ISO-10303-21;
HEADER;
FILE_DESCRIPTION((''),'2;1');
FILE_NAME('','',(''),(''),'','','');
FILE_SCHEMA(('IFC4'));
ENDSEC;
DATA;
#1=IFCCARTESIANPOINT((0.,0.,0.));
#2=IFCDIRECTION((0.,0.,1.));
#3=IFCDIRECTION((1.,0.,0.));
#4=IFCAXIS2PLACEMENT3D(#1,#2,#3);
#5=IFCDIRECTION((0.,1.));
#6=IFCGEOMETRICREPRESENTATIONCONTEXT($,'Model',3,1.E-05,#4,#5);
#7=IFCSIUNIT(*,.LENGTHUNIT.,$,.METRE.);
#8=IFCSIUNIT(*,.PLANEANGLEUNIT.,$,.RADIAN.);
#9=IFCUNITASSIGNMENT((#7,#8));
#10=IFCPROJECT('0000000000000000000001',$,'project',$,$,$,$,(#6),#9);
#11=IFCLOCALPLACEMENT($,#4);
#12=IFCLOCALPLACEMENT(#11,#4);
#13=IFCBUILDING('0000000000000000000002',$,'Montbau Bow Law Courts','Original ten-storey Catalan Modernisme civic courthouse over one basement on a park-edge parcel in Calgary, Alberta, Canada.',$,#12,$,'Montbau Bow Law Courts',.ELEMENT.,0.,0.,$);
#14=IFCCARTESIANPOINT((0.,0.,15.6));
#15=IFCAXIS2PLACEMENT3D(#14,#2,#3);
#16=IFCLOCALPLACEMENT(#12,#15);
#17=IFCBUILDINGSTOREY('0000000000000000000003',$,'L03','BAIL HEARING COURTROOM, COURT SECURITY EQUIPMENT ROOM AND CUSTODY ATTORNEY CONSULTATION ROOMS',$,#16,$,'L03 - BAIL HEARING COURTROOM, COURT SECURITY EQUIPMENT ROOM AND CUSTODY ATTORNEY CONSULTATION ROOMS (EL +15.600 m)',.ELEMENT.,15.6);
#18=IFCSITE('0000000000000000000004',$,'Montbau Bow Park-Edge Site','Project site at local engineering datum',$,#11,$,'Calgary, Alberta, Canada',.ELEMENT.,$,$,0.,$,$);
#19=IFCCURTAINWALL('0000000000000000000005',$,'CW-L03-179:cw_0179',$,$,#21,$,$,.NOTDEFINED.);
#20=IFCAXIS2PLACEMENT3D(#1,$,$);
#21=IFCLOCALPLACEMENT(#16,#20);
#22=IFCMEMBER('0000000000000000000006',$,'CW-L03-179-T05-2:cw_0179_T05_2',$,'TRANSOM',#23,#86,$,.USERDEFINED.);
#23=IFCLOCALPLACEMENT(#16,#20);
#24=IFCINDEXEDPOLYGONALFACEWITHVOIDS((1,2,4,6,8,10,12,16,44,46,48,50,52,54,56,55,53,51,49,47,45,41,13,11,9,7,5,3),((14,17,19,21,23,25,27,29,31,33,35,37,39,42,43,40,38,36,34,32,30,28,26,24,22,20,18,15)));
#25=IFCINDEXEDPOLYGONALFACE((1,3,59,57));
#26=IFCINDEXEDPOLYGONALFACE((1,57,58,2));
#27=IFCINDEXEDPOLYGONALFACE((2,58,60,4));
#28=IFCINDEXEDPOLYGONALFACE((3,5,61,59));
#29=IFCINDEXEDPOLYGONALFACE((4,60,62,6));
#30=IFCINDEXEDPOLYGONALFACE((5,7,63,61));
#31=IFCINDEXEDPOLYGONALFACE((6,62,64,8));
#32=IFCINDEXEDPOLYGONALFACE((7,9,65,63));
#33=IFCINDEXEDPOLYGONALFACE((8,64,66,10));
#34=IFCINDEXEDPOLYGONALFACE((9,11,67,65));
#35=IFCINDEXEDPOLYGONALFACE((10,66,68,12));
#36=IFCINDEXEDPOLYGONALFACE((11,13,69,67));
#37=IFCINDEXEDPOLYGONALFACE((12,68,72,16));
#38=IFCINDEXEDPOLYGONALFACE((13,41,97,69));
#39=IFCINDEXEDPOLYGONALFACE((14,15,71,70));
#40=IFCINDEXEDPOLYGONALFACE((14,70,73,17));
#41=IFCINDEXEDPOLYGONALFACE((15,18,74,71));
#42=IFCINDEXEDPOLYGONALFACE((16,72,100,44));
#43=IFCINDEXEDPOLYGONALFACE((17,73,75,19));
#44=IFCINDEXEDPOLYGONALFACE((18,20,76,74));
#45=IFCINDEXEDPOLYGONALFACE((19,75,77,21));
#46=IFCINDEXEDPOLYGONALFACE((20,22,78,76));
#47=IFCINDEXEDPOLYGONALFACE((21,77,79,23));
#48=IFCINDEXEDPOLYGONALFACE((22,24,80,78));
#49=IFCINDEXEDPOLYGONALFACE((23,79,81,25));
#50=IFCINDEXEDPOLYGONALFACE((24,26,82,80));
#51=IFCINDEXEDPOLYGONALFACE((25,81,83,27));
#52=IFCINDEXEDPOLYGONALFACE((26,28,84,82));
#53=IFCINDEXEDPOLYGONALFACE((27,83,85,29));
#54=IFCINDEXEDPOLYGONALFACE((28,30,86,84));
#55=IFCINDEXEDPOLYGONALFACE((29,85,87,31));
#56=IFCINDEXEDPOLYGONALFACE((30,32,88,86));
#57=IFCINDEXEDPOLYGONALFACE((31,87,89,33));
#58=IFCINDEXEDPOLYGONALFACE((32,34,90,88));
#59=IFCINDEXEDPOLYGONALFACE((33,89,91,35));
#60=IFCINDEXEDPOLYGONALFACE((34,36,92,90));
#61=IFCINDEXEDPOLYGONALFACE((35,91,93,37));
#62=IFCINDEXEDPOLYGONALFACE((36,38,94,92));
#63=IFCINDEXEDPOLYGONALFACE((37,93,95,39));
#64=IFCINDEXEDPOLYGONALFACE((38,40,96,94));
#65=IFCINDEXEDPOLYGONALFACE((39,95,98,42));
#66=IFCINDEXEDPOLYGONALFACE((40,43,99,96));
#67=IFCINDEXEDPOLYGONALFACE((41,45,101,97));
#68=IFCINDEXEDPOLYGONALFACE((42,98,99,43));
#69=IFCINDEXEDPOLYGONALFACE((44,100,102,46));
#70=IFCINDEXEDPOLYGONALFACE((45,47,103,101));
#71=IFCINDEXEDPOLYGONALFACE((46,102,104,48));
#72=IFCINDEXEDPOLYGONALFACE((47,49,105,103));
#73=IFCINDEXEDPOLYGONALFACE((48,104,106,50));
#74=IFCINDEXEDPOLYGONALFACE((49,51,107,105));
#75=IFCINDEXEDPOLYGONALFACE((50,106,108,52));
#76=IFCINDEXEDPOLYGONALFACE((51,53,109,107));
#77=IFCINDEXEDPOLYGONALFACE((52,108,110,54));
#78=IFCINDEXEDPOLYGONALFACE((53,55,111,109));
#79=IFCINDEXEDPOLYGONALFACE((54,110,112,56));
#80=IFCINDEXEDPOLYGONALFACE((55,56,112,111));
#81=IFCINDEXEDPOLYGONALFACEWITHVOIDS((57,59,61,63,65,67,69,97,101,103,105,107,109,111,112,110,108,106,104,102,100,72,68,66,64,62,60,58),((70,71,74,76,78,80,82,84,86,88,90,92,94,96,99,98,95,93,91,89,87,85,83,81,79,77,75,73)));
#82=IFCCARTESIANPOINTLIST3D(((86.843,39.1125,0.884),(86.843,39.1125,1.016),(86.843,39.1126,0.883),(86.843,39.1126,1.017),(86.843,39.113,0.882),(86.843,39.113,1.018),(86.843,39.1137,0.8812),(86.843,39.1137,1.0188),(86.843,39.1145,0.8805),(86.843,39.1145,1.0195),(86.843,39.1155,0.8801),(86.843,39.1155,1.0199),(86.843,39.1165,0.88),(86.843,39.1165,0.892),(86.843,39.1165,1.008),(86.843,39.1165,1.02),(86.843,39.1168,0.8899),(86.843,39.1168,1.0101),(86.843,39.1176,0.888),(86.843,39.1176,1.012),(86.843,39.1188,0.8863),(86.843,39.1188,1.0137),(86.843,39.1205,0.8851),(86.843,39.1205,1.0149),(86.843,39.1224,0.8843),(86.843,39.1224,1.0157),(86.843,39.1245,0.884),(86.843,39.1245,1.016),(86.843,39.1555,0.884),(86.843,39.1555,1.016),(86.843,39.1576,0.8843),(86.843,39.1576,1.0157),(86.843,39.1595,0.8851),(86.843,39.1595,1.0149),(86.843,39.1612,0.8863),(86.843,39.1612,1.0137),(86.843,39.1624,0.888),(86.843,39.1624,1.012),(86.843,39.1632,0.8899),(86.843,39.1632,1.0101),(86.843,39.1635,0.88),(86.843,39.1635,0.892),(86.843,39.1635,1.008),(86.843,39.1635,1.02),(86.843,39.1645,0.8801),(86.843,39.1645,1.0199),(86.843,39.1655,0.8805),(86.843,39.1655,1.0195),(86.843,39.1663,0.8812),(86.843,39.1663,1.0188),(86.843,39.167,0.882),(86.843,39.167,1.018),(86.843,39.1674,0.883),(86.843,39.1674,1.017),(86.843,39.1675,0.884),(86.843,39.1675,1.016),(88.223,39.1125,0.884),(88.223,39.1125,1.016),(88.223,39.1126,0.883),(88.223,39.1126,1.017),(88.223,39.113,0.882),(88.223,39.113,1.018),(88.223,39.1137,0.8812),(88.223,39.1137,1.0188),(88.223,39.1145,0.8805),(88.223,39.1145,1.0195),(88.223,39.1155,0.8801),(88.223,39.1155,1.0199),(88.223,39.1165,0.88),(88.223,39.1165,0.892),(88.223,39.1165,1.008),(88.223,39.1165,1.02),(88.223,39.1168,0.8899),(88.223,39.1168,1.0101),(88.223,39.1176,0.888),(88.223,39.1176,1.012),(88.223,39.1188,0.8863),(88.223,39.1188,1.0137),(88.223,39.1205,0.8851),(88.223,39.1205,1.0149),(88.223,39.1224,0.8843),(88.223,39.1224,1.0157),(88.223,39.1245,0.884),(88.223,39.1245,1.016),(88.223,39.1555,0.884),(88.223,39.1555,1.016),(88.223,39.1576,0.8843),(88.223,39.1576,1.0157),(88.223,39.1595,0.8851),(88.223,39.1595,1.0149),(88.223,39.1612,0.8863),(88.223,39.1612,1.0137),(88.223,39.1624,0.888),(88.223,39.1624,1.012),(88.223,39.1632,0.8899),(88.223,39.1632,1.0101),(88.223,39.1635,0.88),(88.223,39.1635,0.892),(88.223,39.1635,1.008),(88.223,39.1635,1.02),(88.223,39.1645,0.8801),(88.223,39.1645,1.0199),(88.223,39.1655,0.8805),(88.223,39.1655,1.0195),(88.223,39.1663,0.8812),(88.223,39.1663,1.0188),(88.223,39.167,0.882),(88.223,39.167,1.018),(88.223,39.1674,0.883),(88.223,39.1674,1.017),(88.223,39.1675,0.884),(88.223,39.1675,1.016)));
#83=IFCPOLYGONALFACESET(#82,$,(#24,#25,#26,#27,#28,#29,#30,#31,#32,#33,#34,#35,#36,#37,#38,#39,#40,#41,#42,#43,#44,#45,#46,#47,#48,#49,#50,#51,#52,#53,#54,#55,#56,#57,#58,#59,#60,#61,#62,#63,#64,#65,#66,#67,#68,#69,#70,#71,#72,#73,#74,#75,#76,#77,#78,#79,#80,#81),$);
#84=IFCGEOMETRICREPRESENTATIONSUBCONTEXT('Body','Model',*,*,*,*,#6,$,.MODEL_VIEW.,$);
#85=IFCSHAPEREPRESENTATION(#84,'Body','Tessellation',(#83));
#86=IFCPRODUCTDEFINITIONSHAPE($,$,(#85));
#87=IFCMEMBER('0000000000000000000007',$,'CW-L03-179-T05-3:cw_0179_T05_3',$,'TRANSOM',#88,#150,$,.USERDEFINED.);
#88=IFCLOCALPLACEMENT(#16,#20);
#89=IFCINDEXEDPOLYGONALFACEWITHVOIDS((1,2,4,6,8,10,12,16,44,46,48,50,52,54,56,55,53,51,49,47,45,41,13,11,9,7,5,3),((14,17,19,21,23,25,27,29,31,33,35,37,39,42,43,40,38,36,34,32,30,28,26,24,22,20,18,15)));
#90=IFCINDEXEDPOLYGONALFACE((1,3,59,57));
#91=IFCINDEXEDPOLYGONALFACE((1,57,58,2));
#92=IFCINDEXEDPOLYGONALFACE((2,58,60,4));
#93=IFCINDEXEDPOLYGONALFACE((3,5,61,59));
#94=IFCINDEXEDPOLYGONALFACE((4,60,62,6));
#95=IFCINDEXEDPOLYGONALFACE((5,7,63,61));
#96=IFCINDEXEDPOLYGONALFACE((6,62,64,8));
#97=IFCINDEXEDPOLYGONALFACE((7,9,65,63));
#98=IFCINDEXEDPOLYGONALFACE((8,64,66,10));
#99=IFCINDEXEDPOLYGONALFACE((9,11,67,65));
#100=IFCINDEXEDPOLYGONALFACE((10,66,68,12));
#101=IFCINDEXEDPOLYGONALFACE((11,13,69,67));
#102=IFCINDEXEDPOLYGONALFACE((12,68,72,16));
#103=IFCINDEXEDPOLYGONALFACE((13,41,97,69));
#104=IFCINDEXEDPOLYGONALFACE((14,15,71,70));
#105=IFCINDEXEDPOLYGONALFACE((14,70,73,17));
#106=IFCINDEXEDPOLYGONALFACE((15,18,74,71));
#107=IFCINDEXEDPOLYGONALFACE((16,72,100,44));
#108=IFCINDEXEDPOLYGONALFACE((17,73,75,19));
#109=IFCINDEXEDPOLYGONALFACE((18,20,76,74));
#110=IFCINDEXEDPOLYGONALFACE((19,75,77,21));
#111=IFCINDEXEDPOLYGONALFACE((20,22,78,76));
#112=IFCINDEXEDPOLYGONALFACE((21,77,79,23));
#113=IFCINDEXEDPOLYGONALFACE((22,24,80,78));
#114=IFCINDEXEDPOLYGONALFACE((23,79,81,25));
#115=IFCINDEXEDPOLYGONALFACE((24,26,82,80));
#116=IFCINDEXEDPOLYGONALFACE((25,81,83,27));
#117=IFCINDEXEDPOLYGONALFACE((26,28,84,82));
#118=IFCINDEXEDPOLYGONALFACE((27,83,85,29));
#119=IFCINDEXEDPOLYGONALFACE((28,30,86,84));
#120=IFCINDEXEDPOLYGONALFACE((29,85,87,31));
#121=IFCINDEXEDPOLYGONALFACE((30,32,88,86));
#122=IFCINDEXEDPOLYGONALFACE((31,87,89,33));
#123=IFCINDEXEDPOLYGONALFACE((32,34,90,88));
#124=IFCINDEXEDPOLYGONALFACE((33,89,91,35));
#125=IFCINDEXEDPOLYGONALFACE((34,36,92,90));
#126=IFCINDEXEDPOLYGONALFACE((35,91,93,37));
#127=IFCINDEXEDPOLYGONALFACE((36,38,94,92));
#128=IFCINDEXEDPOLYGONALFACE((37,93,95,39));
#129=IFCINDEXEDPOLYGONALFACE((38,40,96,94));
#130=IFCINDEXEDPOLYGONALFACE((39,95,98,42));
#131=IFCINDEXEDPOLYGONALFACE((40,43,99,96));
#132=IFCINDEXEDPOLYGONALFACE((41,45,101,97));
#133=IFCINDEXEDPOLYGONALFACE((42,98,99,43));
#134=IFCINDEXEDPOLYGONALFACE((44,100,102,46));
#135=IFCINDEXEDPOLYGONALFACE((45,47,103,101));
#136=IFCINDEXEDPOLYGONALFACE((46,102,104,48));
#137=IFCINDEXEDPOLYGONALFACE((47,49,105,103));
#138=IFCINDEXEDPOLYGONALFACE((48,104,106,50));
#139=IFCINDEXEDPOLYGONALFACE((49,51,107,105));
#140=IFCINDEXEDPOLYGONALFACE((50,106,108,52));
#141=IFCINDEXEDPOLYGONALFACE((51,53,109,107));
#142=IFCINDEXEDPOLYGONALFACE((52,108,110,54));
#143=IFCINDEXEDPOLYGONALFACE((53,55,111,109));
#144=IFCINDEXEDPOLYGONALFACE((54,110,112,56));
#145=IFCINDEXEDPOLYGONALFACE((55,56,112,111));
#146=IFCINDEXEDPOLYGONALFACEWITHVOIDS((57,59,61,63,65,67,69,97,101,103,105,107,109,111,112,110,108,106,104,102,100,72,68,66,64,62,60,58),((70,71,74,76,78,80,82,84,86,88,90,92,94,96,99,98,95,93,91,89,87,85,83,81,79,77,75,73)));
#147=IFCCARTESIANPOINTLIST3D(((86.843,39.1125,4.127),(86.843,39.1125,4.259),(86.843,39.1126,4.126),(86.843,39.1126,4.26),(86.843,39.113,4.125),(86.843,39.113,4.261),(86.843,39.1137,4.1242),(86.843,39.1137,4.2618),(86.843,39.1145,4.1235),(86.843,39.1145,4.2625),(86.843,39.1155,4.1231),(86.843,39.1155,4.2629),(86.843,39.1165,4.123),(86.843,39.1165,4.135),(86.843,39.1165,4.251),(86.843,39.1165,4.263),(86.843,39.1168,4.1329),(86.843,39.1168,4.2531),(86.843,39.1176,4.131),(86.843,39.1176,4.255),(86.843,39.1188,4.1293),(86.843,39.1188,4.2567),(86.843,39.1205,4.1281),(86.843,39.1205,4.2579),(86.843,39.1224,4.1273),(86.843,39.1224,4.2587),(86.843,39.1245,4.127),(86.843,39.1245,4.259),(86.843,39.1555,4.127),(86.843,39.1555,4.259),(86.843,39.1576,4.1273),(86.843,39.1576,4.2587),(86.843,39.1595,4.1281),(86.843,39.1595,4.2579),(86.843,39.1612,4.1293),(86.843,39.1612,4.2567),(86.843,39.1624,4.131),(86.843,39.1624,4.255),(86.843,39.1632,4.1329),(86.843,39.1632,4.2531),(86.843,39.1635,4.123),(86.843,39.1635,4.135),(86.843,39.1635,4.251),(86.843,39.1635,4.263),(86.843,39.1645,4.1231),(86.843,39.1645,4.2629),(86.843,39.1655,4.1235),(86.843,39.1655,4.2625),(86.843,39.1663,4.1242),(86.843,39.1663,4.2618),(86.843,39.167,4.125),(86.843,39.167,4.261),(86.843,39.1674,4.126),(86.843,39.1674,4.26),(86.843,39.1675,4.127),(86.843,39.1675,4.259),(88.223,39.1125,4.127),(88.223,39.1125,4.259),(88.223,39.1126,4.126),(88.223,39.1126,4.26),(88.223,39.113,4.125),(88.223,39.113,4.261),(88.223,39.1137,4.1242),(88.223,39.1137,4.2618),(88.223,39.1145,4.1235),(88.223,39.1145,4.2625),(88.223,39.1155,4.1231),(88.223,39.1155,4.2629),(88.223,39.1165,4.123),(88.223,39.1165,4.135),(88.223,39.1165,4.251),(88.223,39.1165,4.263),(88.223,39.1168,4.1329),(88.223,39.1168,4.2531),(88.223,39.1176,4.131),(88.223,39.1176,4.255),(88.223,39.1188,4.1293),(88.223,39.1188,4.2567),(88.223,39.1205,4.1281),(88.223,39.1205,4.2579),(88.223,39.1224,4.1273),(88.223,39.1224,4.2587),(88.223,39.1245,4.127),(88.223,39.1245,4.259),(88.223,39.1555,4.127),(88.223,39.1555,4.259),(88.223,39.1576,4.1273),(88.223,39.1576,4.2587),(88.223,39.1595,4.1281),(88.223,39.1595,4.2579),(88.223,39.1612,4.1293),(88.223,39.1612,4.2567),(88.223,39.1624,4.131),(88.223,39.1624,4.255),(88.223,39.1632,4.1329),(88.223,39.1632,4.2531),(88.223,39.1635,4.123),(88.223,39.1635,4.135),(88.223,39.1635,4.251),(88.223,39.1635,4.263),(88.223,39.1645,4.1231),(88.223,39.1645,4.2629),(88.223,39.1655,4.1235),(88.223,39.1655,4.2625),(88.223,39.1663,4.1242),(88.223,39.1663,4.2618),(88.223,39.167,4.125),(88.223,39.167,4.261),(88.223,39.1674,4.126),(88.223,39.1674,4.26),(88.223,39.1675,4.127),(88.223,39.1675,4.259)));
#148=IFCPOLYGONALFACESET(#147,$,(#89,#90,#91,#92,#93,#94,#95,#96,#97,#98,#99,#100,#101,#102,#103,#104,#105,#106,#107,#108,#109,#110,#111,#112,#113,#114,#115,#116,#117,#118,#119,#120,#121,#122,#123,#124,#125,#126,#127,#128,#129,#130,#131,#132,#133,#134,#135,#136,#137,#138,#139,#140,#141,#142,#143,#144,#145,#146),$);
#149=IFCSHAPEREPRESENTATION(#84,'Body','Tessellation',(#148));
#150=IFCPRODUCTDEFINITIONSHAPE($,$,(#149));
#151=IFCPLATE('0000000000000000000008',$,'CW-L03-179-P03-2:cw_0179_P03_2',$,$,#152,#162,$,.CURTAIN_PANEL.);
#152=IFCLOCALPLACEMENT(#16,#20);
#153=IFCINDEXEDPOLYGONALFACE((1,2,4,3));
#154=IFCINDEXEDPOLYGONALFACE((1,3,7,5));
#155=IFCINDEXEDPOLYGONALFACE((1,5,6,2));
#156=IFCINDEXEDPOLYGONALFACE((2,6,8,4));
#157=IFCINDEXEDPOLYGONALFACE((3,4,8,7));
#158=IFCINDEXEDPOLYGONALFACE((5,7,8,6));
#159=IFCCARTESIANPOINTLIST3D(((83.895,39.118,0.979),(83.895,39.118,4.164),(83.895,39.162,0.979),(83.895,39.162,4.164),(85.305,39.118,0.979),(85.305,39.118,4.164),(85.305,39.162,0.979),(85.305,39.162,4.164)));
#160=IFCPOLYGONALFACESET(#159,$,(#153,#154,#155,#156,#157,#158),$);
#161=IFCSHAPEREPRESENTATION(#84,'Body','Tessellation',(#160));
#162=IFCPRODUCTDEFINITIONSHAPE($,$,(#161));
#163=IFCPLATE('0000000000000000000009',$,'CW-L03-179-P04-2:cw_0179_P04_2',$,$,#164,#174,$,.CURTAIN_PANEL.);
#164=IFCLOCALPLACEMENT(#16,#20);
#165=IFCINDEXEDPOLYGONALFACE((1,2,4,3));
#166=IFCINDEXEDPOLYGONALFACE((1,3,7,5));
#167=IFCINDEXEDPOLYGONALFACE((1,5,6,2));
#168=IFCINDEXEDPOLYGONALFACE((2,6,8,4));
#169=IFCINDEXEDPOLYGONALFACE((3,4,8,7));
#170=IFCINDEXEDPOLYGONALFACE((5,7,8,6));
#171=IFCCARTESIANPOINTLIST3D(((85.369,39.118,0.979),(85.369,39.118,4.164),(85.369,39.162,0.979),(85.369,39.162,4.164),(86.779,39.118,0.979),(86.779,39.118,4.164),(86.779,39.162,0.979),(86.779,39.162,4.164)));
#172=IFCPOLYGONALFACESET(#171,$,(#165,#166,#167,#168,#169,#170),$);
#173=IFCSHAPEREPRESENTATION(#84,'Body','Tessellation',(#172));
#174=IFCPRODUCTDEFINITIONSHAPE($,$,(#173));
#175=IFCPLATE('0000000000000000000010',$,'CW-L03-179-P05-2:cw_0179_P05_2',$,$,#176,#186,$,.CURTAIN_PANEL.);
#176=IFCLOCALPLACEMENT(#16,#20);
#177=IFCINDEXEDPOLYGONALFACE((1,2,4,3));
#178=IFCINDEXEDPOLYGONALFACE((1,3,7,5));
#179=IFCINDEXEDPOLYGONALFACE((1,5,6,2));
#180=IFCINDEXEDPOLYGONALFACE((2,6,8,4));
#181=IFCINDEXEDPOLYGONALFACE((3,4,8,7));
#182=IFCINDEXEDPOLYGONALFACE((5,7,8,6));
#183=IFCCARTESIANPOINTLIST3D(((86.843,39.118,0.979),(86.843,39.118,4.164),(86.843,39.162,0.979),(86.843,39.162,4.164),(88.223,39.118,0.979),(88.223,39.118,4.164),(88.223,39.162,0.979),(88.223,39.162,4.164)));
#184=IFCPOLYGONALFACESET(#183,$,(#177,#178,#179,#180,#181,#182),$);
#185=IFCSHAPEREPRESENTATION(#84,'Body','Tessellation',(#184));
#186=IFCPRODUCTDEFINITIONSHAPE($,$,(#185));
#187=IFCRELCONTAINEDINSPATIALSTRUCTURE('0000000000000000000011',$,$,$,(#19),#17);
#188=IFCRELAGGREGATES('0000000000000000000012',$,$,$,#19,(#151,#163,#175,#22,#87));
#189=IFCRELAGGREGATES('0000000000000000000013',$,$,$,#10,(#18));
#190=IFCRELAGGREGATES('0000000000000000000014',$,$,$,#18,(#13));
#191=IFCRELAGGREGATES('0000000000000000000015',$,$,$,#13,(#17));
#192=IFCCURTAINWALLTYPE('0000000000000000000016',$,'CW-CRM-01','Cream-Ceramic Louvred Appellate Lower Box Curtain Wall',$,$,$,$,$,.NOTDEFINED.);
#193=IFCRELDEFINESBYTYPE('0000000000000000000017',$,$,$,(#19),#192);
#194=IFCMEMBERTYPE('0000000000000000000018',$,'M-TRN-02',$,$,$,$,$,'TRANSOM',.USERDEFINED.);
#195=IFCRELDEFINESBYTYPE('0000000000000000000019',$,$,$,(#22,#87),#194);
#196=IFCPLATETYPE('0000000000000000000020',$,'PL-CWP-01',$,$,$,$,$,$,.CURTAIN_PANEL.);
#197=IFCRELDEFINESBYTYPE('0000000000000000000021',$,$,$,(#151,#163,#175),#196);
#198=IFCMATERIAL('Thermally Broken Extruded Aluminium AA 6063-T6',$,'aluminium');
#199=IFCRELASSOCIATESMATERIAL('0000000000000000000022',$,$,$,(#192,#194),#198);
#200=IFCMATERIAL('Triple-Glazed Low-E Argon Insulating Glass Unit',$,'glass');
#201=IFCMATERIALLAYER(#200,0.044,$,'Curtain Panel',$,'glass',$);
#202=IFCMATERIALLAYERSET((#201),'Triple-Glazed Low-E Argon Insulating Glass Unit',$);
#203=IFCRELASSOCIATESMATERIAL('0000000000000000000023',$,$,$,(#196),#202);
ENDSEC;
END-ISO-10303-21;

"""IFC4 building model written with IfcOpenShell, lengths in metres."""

from ifc_helpers import new_model, si_unit, direction, frame, frame_2d, origin_with_axes, origin_2d_with_axis, place, context, subcontext, project, spatial, rectangle, hollow_rectangle, extrude, material, layer, layer_set, material_profile, profile_set, type_object, element, aggregate, save


model = new_model("IFC4")

# Units and contexts
model_context = context("Model", 3, precision=1e-05, world=origin_with_axes(), true_north=direction((0.0, 1.0)))
body_context = subcontext(model_context, "Body", "Model", "MODEL_VIEW")
ifc_project = project(units=[si_unit("LENGTHUNIT", "METRE"), si_unit("PLANEANGLEUNIT", "RADIAN")], contexts=[model_context])

# Site, building, storey
site_placement = place(None, origin_with_axes())
site = spatial("IfcSite", under=ifc_project, at=site_placement, Name="Montbau Bow Park-Edge Site", Description="Project site at local engineering datum", LongName="Calgary, Alberta, Canada", CompositionType="ELEMENT", RefElevation=0.0)
building_placement = place(site_placement, origin_with_axes())
building = spatial("IfcBuilding", under=site, at=building_placement, Name="Montbau Bow Law Courts", Description="Original ten-storey Catalan Modernisme civic courthouse over one basement on a park-edge parcel in Calgary, Alberta, Canada.", LongName="Montbau Bow Law Courts", CompositionType="ELEMENT", ElevationOfRefHeight=0.0, ElevationOfTerrain=0.0)
storey_placement = place(building_placement, frame((0.0, 0.0, 15.6), z_axis=(0.0, 0.0, 1.0), x_axis=(1.0, 0.0, 0.0)))
storey = spatial("IfcBuildingStorey", under=building, at=storey_placement, Name="L03", Description="BAIL HEARING COURTROOM, COURT SECURITY EQUIPMENT ROOM AND CUSTODY ATTORNEY CONSULTATION ROOMS", LongName="L03 - BAIL HEARING COURTROOM, COURT SECURITY EQUIPMENT ROOM AND CUSTODY ATTORNEY CONSULTATION ROOMS (EL +15.600 m)", CompositionType="ELEMENT", Elevation=15.6)

# Curtain wall, members, plates
ifc_material_1 = material(Name="Thermally Broken Extruded Aluminium AA 6063-T6", Category="aluminium")
curtain_wall_type = type_object("IfcCurtainWallType", Name="CW-CRM-01", Description="Cream-Ceramic Louvred Appellate Lower Box Curtain Wall", PredefinedType="NOTDEFINED", material=ifc_material_1)
curtain_wall_placement = place(None, frame((80.915, 39.14, 15.6), z_axis=(0.0, 0.0, 1.0), x_axis=(1.0, 0.0, 0.0)))
curtain_wall = element("IfcCurtainWall", 1, at=curtain_wall_placement, inside=storey, type_object=curtain_wall_type, Name="CW-L03-179:cw_0179", PredefinedType="NOTDEFINED")
ifc_material_profile_1 = material_profile(ifc_material_1, hollow_rectangle(XDim=0.055, YDim=0.14, WallThickness=0.004, InnerFilletRadius=0.008, OuterFilletRadius=0.004, at=origin_2d_with_axis()), Name="CWT-140X55", Category="Main", Priority=0)
ifc_profile_set_1 = profile_set([ifc_material_profile_1], Name="Thermally Broken Extruded Aluminium AA 6063-T6")
member_type_1 = type_object("IfcMemberType", Name="M-TRN-02", ElementType="TRANSOM", PredefinedType="USERDEFINED", material=ifc_profile_set_1)
member_1_placement = place(None, frame((86.843, 39.14, 16.55), z_axis=(1.0, 0.0, 0.0), x_axis=(0.0, 1.0, 0.0)))
member_1 = element("IfcMember", 2, at=member_1_placement, type_object=member_type_1, Name="CW-L03-179-T05-2:cw_0179_T05_2", ObjectType="TRANSOM", PredefinedType="USERDEFINED", context=body_context, shape_type="SweptSolid", body=[
    extrude(hollow_rectangle(XDim=0.055, YDim=0.14, WallThickness=0.004, InnerFilletRadius=0.008, OuterFilletRadius=0.004, at=origin_2d_with_axis()), origin_with_axes(), (0.0, 0.0, 1.0), 1.38),
])
member_2_placement = place(None, frame((86.843, 39.14, 19.793), z_axis=(1.0, 0.0, 0.0), x_axis=(0.0, 1.0, 0.0)))
member_2 = element("IfcMember", 3, at=member_2_placement, type_object=member_type_1, Name="CW-L03-179-T05-3:cw_0179_T05_3", ObjectType="TRANSOM", PredefinedType="USERDEFINED", context=body_context, shape_type="SweptSolid", body=[
    extrude(hollow_rectangle(XDim=0.055, YDim=0.14, WallThickness=0.004, InnerFilletRadius=0.008, OuterFilletRadius=0.004, at=origin_2d_with_axis()), origin_with_axes(), (0.0, 0.0, 1.0), 1.38),
])
ifc_material_2 = material(Name="Triple-Glazed Low-E Argon Insulating Glass Unit", Category="glass")
ifc_layer_1 = layer(ifc_material_2, 0.044, Name="Curtain Panel", Category="glass")
ifc_layer_set_1 = layer_set([ifc_layer_1], Name="Triple-Glazed Low-E Argon Insulating Glass Unit")
plate_type_1 = type_object("IfcPlateType", Name="PL-CWP-01", PredefinedType="CURTAIN_PANEL", material=ifc_layer_set_1)
plate_1_placement = place(None, frame((83.895, 39.14, 16.579), z_axis=(0.0, -1.0, 0.0), x_axis=(1.0, 0.0, 0.0)))
plate_1 = element("IfcPlate", 4, at=plate_1_placement, type_object=plate_type_1, Name="CW-L03-179-P03-2:cw_0179_P03_2", PredefinedType="CURTAIN_PANEL", context=body_context, shape_type="SweptSolid", body=[
    extrude(rectangle(XDim=1.41, YDim=3.185, at=frame_2d((0.705, 1.5925), x_axis=(1.0, 0.0))), frame((0.0, 0.0, -0.022), z_axis=(0.0, 0.0, 1.0), x_axis=(1.0, 0.0, 0.0)), (0.0, 0.0, 1.0), 0.044),
])
plate_2_placement = place(None, frame((85.369, 39.14, 16.579), z_axis=(0.0, -1.0, 0.0), x_axis=(1.0, 0.0, 0.0)))
plate_2 = element("IfcPlate", 5, at=plate_2_placement, type_object=plate_type_1, Name="CW-L03-179-P04-2:cw_0179_P04_2", PredefinedType="CURTAIN_PANEL", context=body_context, shape_type="SweptSolid", body=[
    extrude(rectangle(XDim=1.41, YDim=3.185, at=frame_2d((0.705, 1.5925), x_axis=(1.0, 0.0))), frame((0.0, 0.0, -0.022), z_axis=(0.0, 0.0, 1.0), x_axis=(1.0, 0.0, 0.0)), (0.0, 0.0, 1.0), 0.044),
])
plate_3_placement = place(None, frame((86.843, 39.14, 16.579), z_axis=(0.0, -1.0, 0.0), x_axis=(1.0, 0.0, 0.0)))
plate_3 = element("IfcPlate", 6, at=plate_3_placement, type_object=plate_type_1, Name="CW-L03-179-P05-2:cw_0179_P05_2", PredefinedType="CURTAIN_PANEL", context=body_context, shape_type="SweptSolid", body=[
    extrude(rectangle(XDim=1.38, YDim=3.185, at=frame_2d((0.69, 1.5925), x_axis=(1.0, 0.0))), frame((0.0, 0.0, -0.022), z_axis=(0.0, 0.0, 1.0), x_axis=(1.0, 0.0, 0.0)), (0.0, 0.0, 1.0), 0.044),
])
aggregate(curtain_wall, [plate_1, plate_2, plate_3, member_1, member_2])

save(model, "model.ifc")
